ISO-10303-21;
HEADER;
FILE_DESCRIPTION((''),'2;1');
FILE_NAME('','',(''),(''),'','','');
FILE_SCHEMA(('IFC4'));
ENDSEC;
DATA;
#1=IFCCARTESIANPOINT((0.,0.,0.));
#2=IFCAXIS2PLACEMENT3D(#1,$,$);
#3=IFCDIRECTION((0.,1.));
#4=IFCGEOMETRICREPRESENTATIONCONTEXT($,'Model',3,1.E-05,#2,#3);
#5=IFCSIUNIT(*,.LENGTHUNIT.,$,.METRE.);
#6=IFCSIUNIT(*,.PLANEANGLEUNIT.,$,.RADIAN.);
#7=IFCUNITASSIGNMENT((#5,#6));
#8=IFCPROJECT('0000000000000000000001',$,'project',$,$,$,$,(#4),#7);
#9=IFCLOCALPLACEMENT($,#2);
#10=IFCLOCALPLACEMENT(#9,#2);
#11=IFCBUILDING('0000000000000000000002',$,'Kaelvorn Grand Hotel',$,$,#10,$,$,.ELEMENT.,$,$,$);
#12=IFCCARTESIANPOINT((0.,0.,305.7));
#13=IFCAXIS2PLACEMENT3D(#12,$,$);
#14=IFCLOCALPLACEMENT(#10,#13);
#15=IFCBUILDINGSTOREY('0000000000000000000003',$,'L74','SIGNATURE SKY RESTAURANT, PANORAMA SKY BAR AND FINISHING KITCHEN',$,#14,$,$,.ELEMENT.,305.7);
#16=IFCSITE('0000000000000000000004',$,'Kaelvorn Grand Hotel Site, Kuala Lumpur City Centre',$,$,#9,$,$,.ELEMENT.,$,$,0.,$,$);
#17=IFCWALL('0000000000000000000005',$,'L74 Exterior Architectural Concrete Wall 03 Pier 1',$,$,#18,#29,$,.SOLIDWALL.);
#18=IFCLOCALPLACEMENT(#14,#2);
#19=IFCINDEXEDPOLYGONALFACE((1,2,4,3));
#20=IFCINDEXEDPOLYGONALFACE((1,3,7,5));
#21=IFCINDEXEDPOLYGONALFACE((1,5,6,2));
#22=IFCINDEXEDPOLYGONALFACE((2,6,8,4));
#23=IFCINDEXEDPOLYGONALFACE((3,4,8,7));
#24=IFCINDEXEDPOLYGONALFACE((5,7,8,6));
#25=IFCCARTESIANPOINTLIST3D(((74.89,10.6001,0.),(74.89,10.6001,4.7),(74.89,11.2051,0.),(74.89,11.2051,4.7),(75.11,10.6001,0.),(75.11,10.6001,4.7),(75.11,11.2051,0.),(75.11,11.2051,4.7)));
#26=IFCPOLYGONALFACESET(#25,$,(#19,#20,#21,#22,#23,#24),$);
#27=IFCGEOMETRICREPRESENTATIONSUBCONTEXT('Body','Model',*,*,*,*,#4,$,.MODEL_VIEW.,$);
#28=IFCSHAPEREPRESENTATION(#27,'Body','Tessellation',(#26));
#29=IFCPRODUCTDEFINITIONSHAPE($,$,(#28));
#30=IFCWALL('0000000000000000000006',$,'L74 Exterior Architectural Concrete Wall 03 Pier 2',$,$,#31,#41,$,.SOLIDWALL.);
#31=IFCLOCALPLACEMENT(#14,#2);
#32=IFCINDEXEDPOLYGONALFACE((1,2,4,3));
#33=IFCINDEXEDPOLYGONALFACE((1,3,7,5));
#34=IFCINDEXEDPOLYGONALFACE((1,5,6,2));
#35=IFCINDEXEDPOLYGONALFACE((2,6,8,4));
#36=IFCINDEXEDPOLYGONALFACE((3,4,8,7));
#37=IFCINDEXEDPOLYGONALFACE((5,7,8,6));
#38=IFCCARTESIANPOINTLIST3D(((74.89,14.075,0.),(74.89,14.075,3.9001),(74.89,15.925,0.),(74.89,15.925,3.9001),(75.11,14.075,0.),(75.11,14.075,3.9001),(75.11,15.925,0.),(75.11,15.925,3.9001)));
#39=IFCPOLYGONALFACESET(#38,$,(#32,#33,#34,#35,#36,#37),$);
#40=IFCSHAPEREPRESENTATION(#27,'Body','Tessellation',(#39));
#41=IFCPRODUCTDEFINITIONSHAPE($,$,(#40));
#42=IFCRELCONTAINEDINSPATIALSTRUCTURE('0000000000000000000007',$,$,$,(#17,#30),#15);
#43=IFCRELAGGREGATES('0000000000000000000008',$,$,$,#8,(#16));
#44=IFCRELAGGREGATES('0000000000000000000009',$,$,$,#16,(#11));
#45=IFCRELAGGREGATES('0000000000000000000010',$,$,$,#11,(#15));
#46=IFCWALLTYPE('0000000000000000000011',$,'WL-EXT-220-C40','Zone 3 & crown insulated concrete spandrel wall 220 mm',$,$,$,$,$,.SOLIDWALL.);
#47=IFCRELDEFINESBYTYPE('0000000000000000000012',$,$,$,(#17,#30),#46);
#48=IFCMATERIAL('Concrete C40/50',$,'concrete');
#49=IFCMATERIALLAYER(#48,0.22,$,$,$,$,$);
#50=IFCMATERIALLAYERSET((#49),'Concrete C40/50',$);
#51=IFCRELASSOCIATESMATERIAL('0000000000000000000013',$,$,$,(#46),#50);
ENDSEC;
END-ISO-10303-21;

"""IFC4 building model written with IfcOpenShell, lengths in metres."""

from ifc_helpers import new_model, si_unit, direction, frame, frame_2d, origin, place, context, subcontext, project, spatial, rectangle, extrude, material, layer, layer_set, type_object, element, save


model = new_model("IFC4")

# Units and contexts
model_context = context("Model", 3, precision=1e-05, world=origin(), true_north=direction((0.0, 1.0)))
body_context = subcontext(model_context, "Body", "Model", "MODEL_VIEW")
ifc_project = project(units=[si_unit("LENGTHUNIT", "METRE"), si_unit("PLANEANGLEUNIT", "RADIAN")], contexts=[model_context])

# Site, building, storey
site_placement = place(None, origin())
site = spatial("IfcSite", under=ifc_project, at=site_placement, Name="Kaelvorn Grand Hotel Site, Kuala Lumpur City Centre", CompositionType="ELEMENT", RefElevation=0.0)
building_placement = place(site_placement, origin())
building = spatial("IfcBuilding", under=site, at=building_placement, Name="Kaelvorn Grand Hotel", CompositionType="ELEMENT")
storey_placement = place(building_placement, frame((0.0, 0.0, 305.7)))
storey = spatial("IfcBuildingStorey", under=building, at=storey_placement, Name="L74", Description="SIGNATURE SKY RESTAURANT, PANORAMA SKY BAR AND FINISHING KITCHEN", CompositionType="ELEMENT", Elevation=305.7)

# Walls
ifc_material_1 = material(Name="Concrete C40/50", Category="concrete")
ifc_layer_1 = layer(ifc_material_1, 0.22)
ifc_layer_set_1 = layer_set([ifc_layer_1], Name="Concrete C40/50")
wall_type = type_object("IfcWallType", Name="WL-EXT-220-C40", Description="Zone 3 & crown insulated concrete spandrel wall 220 mm", PredefinedType="SOLIDWALL", material=ifc_layer_set_1)
wall_1_placement = place(storey_placement, frame((75.0, 10.6001, 0.0), z_axis=(0.0, 0.0, 1.0), x_axis=(0.0, 1.0, 0.0)))
element("IfcWall", 1, at=wall_1_placement, inside=storey, type_object=wall_type, Name="L74 Exterior Architectural Concrete Wall 03 Pier 1", PredefinedType="SOLIDWALL", context=body_context, shape_type="SweptSolid", body=[
    extrude(rectangle(XDim=0.605, YDim=0.22, at=frame_2d((0.3025, 0.0))), origin(), (0.0, 0.0, 1.0), 4.7),
])
wall_2_placement = place(storey_placement, frame((75.0, 14.075, 0.0), z_axis=(0.0, 0.0, 1.0), x_axis=(0.0, 1.0, 0.0)))
element("IfcWall", 2, at=wall_2_placement, inside=storey, type_object=wall_type, Name="L74 Exterior Architectural Concrete Wall 03 Pier 2", PredefinedType="SOLIDWALL", context=body_context, shape_type="SweptSolid", body=[
    extrude(rectangle(XDim=1.8501, YDim=0.22, at=frame_2d((0.925, 0.0))), origin(), (0.0, 0.0, 1.0), 3.9001),
])

save(model, "model.ifc")
